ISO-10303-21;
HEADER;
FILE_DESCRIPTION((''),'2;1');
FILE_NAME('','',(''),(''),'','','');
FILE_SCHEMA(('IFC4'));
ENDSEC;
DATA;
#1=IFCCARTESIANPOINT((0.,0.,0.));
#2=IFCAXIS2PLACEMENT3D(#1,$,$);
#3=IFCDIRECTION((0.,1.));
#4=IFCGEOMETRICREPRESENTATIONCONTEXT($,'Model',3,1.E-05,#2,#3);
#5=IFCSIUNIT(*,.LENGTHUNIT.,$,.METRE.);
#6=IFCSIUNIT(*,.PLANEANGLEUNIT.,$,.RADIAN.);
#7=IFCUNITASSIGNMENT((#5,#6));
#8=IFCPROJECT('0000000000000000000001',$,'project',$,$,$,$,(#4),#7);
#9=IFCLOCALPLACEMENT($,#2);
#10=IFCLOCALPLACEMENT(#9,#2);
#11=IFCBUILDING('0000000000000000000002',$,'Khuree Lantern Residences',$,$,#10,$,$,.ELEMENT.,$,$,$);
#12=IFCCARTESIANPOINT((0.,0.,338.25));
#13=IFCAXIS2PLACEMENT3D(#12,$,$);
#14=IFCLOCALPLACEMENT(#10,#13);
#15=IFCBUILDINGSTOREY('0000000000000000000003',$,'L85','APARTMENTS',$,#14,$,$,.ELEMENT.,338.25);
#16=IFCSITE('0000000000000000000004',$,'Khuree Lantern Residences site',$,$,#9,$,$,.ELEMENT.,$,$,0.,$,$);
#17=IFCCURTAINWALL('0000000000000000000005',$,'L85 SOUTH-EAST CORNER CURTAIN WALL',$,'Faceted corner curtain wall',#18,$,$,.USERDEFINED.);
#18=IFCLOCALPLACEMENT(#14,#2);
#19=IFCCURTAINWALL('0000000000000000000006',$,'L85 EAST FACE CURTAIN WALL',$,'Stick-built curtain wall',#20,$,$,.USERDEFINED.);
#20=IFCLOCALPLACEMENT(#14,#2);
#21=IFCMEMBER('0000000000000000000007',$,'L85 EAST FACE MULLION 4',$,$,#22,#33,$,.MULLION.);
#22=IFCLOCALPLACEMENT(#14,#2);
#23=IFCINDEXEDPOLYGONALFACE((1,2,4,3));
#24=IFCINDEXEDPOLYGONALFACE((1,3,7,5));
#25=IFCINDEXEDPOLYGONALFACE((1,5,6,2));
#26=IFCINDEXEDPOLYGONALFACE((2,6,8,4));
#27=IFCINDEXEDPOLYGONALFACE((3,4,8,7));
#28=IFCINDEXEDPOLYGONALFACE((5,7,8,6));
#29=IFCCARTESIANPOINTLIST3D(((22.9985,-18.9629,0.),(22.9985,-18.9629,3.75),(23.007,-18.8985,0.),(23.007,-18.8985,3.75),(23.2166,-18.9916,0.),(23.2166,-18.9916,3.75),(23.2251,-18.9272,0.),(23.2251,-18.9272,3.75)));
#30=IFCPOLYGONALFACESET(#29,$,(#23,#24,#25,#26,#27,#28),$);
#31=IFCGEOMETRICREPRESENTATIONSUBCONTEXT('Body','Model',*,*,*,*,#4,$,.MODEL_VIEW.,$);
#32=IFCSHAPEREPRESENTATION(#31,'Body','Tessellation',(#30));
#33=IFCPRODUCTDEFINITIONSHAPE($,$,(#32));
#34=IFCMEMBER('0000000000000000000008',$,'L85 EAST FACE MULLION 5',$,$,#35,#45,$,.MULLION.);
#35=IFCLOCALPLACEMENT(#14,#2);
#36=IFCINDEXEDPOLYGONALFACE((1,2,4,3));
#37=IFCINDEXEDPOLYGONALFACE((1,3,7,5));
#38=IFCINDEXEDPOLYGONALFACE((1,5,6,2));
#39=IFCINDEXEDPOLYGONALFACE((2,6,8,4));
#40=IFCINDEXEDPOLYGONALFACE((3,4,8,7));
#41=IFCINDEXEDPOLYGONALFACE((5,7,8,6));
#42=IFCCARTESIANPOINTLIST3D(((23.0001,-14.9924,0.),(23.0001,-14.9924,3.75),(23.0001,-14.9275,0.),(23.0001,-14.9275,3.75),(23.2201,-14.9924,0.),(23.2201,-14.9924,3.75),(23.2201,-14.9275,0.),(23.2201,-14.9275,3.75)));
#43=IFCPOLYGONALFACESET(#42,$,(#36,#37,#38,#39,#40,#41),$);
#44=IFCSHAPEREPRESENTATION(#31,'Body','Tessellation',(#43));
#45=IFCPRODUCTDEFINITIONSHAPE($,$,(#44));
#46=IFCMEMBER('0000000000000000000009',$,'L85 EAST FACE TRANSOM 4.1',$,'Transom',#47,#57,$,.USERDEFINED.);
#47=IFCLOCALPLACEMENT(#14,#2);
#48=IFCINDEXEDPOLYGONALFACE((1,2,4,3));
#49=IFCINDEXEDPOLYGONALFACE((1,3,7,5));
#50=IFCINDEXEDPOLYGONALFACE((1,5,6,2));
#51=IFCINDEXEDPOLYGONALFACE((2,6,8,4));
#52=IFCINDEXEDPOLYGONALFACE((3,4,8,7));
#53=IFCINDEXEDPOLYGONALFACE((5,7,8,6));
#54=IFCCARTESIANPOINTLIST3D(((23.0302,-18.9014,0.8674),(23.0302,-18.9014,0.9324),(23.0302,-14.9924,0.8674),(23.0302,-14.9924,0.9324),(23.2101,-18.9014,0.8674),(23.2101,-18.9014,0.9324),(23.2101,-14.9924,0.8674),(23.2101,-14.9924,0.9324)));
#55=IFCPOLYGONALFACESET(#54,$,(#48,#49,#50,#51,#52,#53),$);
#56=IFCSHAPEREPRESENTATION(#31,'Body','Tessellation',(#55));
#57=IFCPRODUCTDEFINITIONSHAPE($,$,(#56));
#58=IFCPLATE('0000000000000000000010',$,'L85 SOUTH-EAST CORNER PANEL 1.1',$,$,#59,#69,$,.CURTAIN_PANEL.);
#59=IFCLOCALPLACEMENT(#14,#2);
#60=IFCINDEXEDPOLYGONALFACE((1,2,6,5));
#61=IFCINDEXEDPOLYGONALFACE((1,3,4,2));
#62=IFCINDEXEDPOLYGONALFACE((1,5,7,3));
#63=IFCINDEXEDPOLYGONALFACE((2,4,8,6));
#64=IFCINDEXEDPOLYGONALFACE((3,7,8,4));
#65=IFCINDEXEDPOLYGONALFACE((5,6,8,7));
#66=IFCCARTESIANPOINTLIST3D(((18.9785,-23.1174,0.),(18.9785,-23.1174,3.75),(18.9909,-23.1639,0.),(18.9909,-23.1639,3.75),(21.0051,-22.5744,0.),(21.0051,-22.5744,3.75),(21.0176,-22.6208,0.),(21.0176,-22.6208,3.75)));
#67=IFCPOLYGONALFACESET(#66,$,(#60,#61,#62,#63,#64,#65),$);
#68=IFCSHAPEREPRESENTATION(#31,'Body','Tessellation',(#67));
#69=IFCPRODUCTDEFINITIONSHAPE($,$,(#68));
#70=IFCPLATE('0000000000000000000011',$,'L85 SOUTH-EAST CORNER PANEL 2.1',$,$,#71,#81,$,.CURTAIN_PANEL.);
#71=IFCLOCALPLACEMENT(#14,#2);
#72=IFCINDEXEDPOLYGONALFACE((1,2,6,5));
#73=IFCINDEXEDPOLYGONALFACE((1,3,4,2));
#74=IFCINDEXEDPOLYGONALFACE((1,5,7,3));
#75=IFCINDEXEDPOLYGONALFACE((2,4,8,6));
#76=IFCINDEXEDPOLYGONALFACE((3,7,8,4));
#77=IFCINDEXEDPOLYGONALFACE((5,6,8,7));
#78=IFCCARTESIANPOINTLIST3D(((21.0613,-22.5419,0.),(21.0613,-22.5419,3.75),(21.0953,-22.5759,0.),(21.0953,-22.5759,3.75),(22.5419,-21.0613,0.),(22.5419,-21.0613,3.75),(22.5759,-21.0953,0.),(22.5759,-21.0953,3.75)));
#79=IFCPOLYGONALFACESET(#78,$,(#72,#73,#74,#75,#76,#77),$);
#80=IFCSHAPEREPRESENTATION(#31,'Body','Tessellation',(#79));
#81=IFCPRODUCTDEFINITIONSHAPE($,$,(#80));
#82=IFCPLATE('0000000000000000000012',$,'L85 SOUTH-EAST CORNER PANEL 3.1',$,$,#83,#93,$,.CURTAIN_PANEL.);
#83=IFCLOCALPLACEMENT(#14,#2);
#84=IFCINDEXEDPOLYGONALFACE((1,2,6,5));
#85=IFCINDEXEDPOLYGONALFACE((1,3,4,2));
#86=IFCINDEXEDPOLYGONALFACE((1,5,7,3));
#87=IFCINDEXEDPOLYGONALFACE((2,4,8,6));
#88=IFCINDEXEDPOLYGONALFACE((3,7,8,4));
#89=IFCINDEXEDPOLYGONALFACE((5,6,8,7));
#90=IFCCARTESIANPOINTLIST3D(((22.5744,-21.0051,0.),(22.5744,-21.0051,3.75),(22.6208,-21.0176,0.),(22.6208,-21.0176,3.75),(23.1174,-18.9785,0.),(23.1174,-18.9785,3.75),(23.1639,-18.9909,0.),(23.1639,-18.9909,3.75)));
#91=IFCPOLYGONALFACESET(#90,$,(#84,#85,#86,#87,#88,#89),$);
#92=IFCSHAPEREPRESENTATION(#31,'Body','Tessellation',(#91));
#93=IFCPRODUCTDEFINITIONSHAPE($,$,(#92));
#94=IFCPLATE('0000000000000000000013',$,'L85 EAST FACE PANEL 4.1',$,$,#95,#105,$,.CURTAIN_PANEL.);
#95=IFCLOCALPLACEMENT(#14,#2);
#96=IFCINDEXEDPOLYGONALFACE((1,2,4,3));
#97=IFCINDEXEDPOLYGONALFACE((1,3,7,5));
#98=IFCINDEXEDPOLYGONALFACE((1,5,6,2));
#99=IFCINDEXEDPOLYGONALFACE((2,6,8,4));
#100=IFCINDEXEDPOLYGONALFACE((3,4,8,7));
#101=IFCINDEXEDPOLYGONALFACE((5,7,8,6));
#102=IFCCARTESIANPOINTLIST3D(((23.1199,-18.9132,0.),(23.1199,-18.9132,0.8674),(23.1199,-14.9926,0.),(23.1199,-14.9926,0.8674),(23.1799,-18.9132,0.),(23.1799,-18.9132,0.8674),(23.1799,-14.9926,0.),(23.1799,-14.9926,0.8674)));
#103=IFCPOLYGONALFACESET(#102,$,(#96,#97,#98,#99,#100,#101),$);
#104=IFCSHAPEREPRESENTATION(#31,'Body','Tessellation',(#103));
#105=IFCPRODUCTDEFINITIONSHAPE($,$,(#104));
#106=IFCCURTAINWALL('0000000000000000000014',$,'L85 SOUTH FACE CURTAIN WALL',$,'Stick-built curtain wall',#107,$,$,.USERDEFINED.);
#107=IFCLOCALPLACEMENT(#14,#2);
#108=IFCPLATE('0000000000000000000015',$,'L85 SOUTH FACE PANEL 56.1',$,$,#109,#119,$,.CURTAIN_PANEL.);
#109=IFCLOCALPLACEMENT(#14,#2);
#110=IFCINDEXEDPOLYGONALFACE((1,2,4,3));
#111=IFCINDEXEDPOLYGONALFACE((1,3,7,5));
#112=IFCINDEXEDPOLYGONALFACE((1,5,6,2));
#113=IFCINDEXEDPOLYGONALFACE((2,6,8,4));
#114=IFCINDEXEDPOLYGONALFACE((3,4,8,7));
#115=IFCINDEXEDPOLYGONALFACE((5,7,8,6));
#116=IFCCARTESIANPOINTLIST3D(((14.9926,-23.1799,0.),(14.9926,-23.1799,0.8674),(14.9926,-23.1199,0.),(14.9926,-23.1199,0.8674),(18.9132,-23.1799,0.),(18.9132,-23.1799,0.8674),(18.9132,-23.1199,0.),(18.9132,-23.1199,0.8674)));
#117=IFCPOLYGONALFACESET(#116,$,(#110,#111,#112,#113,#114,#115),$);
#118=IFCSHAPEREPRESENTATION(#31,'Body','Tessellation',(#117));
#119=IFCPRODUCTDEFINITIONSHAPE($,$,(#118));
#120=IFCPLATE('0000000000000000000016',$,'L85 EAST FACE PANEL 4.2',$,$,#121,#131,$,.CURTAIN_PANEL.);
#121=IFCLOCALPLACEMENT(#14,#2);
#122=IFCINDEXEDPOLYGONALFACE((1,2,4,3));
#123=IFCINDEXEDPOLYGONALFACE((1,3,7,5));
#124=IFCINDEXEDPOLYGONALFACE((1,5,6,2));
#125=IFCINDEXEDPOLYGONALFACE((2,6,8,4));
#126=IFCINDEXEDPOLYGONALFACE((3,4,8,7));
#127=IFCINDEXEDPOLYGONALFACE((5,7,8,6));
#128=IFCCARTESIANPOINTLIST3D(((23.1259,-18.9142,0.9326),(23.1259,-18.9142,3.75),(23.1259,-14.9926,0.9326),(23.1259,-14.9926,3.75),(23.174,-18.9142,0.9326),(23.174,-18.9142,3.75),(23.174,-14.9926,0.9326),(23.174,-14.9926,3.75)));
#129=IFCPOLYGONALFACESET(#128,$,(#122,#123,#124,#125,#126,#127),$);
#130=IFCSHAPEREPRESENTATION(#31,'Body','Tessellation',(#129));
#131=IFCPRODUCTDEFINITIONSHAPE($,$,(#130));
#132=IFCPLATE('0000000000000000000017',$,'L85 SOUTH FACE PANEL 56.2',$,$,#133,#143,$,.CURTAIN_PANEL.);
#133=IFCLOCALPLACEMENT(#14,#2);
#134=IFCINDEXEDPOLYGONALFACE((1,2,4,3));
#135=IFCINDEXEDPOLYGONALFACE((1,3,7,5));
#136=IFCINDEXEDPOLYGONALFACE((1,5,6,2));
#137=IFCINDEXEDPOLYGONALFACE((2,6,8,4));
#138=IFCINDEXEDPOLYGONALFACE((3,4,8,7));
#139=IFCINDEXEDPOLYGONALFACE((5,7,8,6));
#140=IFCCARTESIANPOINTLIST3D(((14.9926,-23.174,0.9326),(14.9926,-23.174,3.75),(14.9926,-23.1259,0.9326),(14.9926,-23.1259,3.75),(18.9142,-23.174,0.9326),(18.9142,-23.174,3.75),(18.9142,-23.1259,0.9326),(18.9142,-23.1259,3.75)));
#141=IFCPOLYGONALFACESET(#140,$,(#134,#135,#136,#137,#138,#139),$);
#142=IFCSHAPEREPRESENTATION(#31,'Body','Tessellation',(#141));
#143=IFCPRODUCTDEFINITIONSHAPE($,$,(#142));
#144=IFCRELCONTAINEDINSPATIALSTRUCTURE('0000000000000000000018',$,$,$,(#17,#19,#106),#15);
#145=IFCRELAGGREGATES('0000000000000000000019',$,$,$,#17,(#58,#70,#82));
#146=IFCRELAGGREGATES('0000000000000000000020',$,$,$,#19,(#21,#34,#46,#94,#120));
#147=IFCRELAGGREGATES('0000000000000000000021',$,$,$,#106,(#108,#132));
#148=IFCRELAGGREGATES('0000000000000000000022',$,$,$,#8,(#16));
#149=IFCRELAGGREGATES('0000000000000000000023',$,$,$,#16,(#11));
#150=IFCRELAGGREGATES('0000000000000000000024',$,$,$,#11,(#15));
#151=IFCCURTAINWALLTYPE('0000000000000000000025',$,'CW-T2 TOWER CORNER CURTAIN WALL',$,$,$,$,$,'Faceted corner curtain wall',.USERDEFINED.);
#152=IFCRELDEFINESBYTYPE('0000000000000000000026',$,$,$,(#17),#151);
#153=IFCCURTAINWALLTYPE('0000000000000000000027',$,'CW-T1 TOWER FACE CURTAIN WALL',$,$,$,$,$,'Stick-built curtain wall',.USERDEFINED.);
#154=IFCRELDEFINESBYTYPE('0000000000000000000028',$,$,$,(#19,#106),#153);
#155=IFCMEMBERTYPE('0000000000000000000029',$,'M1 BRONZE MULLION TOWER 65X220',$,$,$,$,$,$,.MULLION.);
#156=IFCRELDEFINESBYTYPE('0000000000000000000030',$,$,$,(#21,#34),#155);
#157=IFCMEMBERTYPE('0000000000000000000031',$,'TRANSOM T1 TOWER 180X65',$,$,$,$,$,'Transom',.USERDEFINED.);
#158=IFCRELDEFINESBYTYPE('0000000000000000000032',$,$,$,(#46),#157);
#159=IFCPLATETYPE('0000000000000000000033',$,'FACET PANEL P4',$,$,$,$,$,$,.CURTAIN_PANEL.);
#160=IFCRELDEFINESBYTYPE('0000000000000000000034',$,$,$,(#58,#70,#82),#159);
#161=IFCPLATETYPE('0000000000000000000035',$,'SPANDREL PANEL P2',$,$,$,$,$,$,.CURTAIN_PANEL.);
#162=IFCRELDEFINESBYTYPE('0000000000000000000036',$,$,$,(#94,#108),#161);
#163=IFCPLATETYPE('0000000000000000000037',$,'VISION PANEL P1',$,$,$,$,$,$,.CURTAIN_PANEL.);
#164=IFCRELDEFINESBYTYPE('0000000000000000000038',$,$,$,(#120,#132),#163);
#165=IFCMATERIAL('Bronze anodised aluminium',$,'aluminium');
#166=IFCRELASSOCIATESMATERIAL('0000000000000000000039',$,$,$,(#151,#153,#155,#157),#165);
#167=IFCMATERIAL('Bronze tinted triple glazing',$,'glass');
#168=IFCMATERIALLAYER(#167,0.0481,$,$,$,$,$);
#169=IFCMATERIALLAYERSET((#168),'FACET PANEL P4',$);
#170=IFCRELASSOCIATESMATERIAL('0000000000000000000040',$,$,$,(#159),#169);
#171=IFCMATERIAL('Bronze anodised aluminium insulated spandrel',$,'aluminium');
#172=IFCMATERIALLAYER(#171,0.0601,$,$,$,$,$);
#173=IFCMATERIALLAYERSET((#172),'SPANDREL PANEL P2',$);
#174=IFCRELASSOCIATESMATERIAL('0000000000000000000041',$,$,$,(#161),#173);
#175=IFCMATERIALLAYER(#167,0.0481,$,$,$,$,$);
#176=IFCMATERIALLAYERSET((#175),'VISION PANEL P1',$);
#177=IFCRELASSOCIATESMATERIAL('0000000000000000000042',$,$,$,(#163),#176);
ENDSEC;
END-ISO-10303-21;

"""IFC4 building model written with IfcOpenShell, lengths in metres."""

from ifc_helpers import new_model, si_unit, direction, frame, origin, origin_2d, place, context, subcontext, project, spatial, rectangle, extrude, material, layer, layer_set, material_profile, profile_set, type_object, element, aggregate, save


model = new_model("IFC4")

# Units and contexts
model_context = context("Model", 3, precision=1e-05, world=origin(), true_north=direction((0.0, 1.0)))
body_context = subcontext(model_context, "Body", "Model", "MODEL_VIEW")
ifc_project = project(units=[si_unit("LENGTHUNIT", "METRE"), si_unit("PLANEANGLEUNIT", "RADIAN")], contexts=[model_context])

# Site, building, storey
site_placement = place(None, origin())
site = spatial("IfcSite", under=ifc_project, at=site_placement, Name="Khuree Lantern Residences site", CompositionType="ELEMENT", RefElevation=0.0)
building_placement = place(site_placement, origin())
building = spatial("IfcBuilding", under=site, at=building_placement, Name="Khuree Lantern Residences", CompositionType="ELEMENT")
storey_placement = place(building_placement, frame((0.0, 0.0, 338.25)))
storey = spatial("IfcBuildingStorey", under=building, at=storey_placement, Name="L85", Description="APARTMENTS", CompositionType="ELEMENT", Elevation=338.25)

# Curtain wall
ifc_material_1 = material(Name="Bronze anodised aluminium", Category="aluminium")
curtain_wall_type_1 = type_object("IfcCurtainWallType", Name="CW-T2 TOWER CORNER CURTAIN WALL", ElementType="Faceted corner curtain wall", PredefinedType="USERDEFINED", material=ifc_material_1)
curtain_wall_1_placement = place(storey_placement, origin())
curtain_wall_1 = element("IfcCurtainWall", 1, at=curtain_wall_1_placement, inside=storey, type_object=curtain_wall_type_1, Name="L85 SOUTH-EAST CORNER CURTAIN WALL", ObjectType="Faceted corner curtain wall", PredefinedType="USERDEFINED")

# Shared definitions
ifc_material_profile_1 = material_profile(ifc_material_1, rectangle(XDim=0.0649, YDim=0.22, at=origin_2d()), Name="M1 65X220")
ifc_profile_set_1 = profile_set([ifc_material_profile_1], Name="Bronze anodised aluminium")
member_type_1 = type_object("IfcMemberType", Name="M1 BRONZE MULLION TOWER 65X220", PredefinedType="MULLION", material=ifc_profile_set_1)

# Curtain wall, members
curtain_wall_type_2 = type_object("IfcCurtainWallType", Name="CW-T1 TOWER FACE CURTAIN WALL", ElementType="Stick-built curtain wall", PredefinedType="USERDEFINED", material=ifc_material_1)
curtain_wall_2_placement = place(storey_placement, origin())
curtain_wall_2 = element("IfcCurtainWall", 2, at=curtain_wall_2_placement, inside=storey, type_object=curtain_wall_type_2, Name="L85 EAST FACE CURTAIN WALL", ObjectType="Stick-built curtain wall", PredefinedType="USERDEFINED")
member_1_placement = place(storey_placement, frame((23.1118, -18.9451, 0.0), z_axis=(0.0, 0.0, 1.0), x_axis=(0.130526, 0.991445, 0.0)))
member_1 = element("IfcMember", 3, at=member_1_placement, type_object=member_type_1, Name="L85 EAST FACE MULLION 4", PredefinedType="MULLION", context=body_context, shape_type="SweptSolid", body=[
    extrude(rectangle(XDim=0.0649, YDim=0.22, at=origin_2d()), origin(), (0.0, 0.0, 1.0), 3.75),
])
member_2_placement = place(storey_placement, frame((23.1101, -14.96, 0.0), z_axis=(0.0, 0.0, 1.0), x_axis=(0.0, 1.0, 0.0)))
member_2 = element("IfcMember", 4, at=member_2_placement, type_object=member_type_1, Name="L85 EAST FACE MULLION 5", PredefinedType="MULLION", context=body_context, shape_type="SweptSolid", body=[
    extrude(rectangle(XDim=0.0649, YDim=0.22, at=origin_2d()), origin(), (0.0, 0.0, 1.0), 3.75),
])
ifc_material_profile_2 = material_profile(ifc_material_1, rectangle(XDim=0.1799, YDim=0.0649, at=origin_2d()), Name="T1 180X65")
ifc_profile_set_2 = profile_set([ifc_material_profile_2], Name="Bronze anodised aluminium")
member_type_2 = type_object("IfcMemberType", Name="TRANSOM T1 TOWER 180X65", ElementType="Transom", PredefinedType="USERDEFINED", material=ifc_profile_set_2)
member_3_placement = place(storey_placement, frame((23.1201, -18.9014, 0.8999), z_axis=(0.0, 1.0, 0.0), x_axis=(-1.0, 0.0, 0.0)))
member_3 = element("IfcMember", 5, at=member_3_placement, type_object=member_type_2, Name="L85 EAST FACE TRANSOM 4.1", ObjectType="Transom", PredefinedType="USERDEFINED", context=body_context, shape_type="SweptSolid", body=[
    extrude(rectangle(XDim=0.1799, YDim=0.0649, at=origin_2d()), origin(), (0.0, 0.0, 1.0), 3.9089),
])

# Plates
ifc_material_2 = material(Name="Bronze tinted triple glazing", Category="glass")
ifc_layer_1 = layer(ifc_material_2, 0.0481)
ifc_layer_set_1 = layer_set([ifc_layer_1], Name="FACET PANEL P4")
plate_type_1 = type_object("IfcPlateType", Name="FACET PANEL P4", PredefinedType="CURTAIN_PANEL", material=ifc_layer_set_1)
plate_1_placement = place(storey_placement, frame((19.998, -22.8691, 0.0), z_axis=(0.0, 0.0, 1.0), x_axis=(0.965926, 0.258819, 0.0)))
plate_1 = element("IfcPlate", 6, at=plate_1_placement, type_object=plate_type_1, Name="L85 SOUTH-EAST CORNER PANEL 1.1", PredefinedType="CURTAIN_PANEL", context=body_context, shape_type="SweptSolid", body=[
    extrude(rectangle(XDim=2.0981, YDim=0.0481, at=origin_2d()), origin(), (0.0, 0.0, 1.0), 3.75),
])
plate_2_placement = place(storey_placement, frame((21.8186, -21.8186, 0.0), z_axis=(0.0, 0.0, 1.0), x_axis=(0.707107, 0.707107, 0.0)))
plate_2 = element("IfcPlate", 7, at=plate_2_placement, type_object=plate_type_1, Name="L85 SOUTH-EAST CORNER PANEL 2.1", PredefinedType="CURTAIN_PANEL", context=body_context, shape_type="SweptSolid", body=[
    extrude(rectangle(XDim=2.094, YDim=0.0481, at=origin_2d()), origin(), (0.0, 0.0, 1.0), 3.75),
])
plate_3_placement = place(storey_placement, frame((22.8691, -19.998, 0.0), z_axis=(0.0, 0.0, 1.0), x_axis=(0.258819, 0.965926, 0.0)))
plate_3 = element("IfcPlate", 8, at=plate_3_placement, type_object=plate_type_1, Name="L85 SOUTH-EAST CORNER PANEL 3.1", PredefinedType="CURTAIN_PANEL", context=body_context, shape_type="SweptSolid", body=[
    extrude(rectangle(XDim=2.0981, YDim=0.0481, at=origin_2d()), origin(), (0.0, 0.0, 1.0), 3.75),
])
aggregate(curtain_wall_1, [plate_1, plate_2, plate_3])
ifc_material_3 = material(Name="Bronze anodised aluminium insulated spandrel", Category="aluminium")
ifc_layer_2 = layer(ifc_material_3, 0.0601)
ifc_layer_set_2 = layer_set([ifc_layer_2], Name="SPANDREL PANEL P2")
plate_type_2 = type_object("IfcPlateType", Name="SPANDREL PANEL P2", PredefinedType="CURTAIN_PANEL", material=ifc_layer_set_2)
plate_4_placement = place(storey_placement, frame((23.1499, -16.9529, 0.0), z_axis=(0.0, 0.0, 1.0), x_axis=(0.0, 1.0, 0.0)))
plate_4 = element("IfcPlate", 9, at=plate_4_placement, type_object=plate_type_2, Name="L85 EAST FACE PANEL 4.1", PredefinedType="CURTAIN_PANEL", context=body_context, shape_type="SweptSolid", body=[
    extrude(rectangle(XDim=3.9207, YDim=0.0601, at=origin_2d()), origin(), (0.0, 0.0, 1.0), 0.8674),
])

# Curtain wall, plate
curtain_wall_3_placement = place(storey_placement, origin())
curtain_wall_3 = element("IfcCurtainWall", 10, at=curtain_wall_3_placement, inside=storey, type_object=curtain_wall_type_2, Name="L85 SOUTH FACE CURTAIN WALL", ObjectType="Stick-built curtain wall", PredefinedType="USERDEFINED")
plate_5_placement = place(storey_placement, frame((16.9529, -23.1499, 0.0), z_axis=(0.0, 0.0, 1.0), x_axis=(1.0, 0.0, 0.0)))
plate_5 = element("IfcPlate", 11, at=plate_5_placement, type_object=plate_type_2, Name="L85 SOUTH FACE PANEL 56.1", PredefinedType="CURTAIN_PANEL", context=body_context, shape_type="SweptSolid", body=[
    extrude(rectangle(XDim=3.9207, YDim=0.0601, at=origin_2d()), origin(), (0.0, 0.0, 1.0), 0.8674),
])

# Plates
ifc_layer_3 = layer(ifc_material_2, 0.0481)
ifc_layer_set_3 = layer_set([ifc_layer_3], Name="VISION PANEL P1")
plate_type_3 = type_object("IfcPlateType", Name="VISION PANEL P1", PredefinedType="CURTAIN_PANEL", material=ifc_layer_set_3)
plate_6_placement = place(storey_placement, frame((23.1499, -16.9534, 0.9326), z_axis=(0.0, 0.0, 1.0), x_axis=(0.0, 1.0, 0.0)))
plate_6 = element("IfcPlate", 12, at=plate_6_placement, type_object=plate_type_3, Name="L85 EAST FACE PANEL 4.2", PredefinedType="CURTAIN_PANEL", context=body_context, shape_type="SweptSolid", body=[
    extrude(rectangle(XDim=3.9216, YDim=0.0481, at=origin_2d()), origin(), (0.0, 0.0, 1.0), 2.8174),
])
aggregate(curtain_wall_2, [member_1, member_2, member_3, plate_4, plate_6])
plate_7_placement = place(storey_placement, frame((16.9534, -23.1499, 0.9326), z_axis=(0.0, 0.0, 1.0), x_axis=(1.0, 0.0, 0.0)))
plate_7 = element("IfcPlate", 13, at=plate_7_placement, type_object=plate_type_3, Name="L85 SOUTH FACE PANEL 56.2", PredefinedType="CURTAIN_PANEL", context=body_context, shape_type="SweptSolid", body=[
    extrude(rectangle(XDim=3.9216, YDim=0.0481, at=origin_2d()), origin(), (0.0, 0.0, 1.0), 2.8174),
])
aggregate(curtain_wall_3, [plate_5, plate_7])

save(model, "model.ifc")
